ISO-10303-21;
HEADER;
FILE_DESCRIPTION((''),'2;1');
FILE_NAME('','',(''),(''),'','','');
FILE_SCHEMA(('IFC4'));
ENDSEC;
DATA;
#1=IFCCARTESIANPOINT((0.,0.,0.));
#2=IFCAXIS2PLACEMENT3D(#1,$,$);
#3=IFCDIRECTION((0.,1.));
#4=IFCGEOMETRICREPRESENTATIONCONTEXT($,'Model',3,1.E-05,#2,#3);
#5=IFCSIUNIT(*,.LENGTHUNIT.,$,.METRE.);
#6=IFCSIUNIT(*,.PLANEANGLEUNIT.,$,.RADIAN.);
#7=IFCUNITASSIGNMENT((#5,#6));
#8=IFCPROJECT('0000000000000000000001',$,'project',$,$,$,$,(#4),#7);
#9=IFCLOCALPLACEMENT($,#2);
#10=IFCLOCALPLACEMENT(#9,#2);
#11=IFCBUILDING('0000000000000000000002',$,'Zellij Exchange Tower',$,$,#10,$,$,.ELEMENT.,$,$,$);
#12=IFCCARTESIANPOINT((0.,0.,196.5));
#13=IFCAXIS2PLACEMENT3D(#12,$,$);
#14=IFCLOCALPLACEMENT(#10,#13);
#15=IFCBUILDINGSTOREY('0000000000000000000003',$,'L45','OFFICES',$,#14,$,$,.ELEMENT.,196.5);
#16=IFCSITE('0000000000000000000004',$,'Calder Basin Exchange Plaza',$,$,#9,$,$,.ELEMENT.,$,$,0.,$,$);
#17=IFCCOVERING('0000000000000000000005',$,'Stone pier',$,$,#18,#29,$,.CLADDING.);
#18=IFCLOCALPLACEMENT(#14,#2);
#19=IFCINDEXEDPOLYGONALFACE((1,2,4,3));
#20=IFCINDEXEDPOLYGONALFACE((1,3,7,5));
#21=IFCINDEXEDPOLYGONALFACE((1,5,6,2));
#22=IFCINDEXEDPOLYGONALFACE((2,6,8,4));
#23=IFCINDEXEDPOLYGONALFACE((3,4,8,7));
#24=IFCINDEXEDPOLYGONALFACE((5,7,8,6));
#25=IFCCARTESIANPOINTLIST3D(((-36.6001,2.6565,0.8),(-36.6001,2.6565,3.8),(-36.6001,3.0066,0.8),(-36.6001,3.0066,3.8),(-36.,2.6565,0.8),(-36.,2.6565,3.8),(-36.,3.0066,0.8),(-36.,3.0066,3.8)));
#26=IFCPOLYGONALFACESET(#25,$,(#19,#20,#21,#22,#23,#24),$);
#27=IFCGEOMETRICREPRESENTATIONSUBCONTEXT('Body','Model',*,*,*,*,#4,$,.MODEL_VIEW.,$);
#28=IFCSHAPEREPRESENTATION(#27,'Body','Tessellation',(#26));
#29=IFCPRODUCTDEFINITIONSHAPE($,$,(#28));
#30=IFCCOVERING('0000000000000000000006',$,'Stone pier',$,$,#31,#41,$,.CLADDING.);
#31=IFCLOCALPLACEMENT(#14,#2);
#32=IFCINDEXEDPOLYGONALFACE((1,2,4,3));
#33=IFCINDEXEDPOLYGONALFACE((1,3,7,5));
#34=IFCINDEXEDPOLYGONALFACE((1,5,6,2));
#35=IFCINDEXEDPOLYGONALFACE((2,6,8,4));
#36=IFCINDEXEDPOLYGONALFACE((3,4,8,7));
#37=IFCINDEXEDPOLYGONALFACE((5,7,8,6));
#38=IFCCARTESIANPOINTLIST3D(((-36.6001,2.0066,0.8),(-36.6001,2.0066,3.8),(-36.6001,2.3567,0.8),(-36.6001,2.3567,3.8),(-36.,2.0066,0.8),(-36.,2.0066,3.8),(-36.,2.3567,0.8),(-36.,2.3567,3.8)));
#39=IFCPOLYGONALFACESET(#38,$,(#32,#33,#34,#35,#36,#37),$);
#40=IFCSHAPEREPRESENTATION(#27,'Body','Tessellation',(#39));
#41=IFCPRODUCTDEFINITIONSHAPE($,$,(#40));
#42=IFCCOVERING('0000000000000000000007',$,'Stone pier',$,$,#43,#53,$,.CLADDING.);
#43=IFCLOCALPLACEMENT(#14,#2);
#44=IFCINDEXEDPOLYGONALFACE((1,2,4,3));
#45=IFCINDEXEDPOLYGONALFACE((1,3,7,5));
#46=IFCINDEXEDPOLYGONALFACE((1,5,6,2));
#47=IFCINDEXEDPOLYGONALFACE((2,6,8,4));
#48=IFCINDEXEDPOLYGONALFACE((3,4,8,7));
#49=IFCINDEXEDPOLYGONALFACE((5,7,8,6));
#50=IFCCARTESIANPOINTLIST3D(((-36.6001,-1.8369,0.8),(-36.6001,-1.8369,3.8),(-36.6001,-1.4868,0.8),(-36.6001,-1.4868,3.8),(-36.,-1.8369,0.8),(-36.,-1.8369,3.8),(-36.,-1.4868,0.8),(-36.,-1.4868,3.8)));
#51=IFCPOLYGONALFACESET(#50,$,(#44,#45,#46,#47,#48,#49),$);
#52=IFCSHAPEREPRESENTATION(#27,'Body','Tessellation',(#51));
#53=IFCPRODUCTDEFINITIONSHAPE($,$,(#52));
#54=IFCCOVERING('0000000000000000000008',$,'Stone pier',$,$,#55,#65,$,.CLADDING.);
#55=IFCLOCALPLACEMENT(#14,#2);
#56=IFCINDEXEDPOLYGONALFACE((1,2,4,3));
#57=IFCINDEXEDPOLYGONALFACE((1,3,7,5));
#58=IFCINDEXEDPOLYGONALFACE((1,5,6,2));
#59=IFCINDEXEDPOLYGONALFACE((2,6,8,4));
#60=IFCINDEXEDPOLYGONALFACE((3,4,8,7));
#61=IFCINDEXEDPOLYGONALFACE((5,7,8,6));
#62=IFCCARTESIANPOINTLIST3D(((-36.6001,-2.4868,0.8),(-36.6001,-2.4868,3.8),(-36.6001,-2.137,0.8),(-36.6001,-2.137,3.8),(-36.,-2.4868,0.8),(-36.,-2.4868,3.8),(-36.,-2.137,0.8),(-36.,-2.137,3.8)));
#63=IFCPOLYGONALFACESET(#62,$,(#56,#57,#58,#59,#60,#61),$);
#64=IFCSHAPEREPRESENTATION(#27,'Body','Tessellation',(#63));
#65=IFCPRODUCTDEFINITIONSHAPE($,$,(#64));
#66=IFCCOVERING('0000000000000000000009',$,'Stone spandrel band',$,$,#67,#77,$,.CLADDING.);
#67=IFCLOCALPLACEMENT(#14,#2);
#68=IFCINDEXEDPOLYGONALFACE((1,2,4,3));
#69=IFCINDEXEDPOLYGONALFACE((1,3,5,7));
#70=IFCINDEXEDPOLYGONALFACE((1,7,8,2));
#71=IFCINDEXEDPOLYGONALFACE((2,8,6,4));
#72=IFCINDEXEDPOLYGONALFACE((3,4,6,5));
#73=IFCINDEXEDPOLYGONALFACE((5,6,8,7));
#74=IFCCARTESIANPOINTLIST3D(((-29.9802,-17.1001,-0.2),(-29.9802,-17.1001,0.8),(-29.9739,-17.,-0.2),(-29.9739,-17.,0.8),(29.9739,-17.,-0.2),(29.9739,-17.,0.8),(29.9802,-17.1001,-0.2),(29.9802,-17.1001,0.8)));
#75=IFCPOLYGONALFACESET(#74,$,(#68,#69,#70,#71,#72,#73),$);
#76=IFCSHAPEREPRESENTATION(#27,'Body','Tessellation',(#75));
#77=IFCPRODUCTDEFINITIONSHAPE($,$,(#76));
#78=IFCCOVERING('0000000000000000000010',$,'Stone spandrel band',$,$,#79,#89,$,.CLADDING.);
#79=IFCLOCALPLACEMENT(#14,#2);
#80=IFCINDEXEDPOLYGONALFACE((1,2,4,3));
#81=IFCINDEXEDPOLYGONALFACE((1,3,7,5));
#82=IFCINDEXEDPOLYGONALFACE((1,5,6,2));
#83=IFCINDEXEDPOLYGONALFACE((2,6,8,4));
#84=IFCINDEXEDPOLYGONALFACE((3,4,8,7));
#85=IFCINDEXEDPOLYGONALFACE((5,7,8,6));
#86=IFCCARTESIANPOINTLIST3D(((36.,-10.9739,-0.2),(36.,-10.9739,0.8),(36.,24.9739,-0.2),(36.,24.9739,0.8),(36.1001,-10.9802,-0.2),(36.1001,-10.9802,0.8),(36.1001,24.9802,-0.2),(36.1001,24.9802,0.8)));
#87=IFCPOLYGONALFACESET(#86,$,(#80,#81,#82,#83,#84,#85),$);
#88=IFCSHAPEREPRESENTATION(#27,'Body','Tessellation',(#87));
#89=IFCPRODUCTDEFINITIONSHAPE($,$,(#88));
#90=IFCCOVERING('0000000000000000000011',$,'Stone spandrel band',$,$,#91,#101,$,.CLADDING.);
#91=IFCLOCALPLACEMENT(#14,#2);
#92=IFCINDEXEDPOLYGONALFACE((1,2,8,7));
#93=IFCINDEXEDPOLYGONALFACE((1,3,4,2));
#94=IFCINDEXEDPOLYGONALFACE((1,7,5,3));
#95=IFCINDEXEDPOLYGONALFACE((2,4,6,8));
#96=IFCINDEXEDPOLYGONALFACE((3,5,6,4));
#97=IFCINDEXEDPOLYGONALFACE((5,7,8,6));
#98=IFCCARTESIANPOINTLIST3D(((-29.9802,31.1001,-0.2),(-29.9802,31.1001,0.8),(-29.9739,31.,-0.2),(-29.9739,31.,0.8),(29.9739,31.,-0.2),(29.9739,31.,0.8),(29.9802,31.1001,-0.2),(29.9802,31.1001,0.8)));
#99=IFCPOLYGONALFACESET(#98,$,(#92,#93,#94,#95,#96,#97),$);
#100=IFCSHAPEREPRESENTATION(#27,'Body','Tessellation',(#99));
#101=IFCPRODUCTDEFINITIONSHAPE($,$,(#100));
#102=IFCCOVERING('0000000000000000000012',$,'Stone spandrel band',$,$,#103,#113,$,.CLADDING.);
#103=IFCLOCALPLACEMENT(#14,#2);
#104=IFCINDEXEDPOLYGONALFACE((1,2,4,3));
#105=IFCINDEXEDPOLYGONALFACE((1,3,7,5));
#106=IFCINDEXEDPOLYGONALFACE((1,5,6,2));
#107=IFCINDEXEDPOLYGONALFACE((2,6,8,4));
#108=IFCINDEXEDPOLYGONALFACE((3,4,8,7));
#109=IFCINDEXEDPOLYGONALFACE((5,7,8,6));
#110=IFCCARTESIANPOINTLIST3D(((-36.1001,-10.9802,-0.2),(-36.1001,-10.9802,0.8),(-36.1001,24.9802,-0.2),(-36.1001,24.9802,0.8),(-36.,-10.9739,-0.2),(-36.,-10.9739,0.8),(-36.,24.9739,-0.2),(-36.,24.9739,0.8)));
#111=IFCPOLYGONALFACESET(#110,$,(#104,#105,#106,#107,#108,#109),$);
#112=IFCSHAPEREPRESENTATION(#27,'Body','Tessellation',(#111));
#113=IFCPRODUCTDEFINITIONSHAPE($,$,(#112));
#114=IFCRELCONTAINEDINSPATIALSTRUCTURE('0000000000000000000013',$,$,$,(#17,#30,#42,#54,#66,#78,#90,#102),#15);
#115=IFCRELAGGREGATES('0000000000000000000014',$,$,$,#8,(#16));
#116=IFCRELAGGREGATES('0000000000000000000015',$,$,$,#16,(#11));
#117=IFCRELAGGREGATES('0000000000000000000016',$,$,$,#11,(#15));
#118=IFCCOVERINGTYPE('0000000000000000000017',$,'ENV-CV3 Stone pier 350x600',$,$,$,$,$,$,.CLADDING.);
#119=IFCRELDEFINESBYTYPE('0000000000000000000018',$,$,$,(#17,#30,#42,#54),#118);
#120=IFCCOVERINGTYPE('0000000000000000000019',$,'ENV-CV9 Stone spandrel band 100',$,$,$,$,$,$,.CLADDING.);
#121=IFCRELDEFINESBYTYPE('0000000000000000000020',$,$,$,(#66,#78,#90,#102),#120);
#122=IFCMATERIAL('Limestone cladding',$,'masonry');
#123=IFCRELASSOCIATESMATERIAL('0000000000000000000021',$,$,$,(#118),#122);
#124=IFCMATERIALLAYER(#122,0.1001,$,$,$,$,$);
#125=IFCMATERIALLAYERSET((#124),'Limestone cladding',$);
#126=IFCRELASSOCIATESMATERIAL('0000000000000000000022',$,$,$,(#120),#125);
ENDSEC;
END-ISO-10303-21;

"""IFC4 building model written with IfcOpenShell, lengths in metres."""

from ifc_helpers import new_model, si_unit, direction, frame, origin, place, context, subcontext, project, spatial, polyline, outline, extrude, material, layer, layer_set, type_object, element, save


model = new_model("IFC4")

# Units and contexts
model_context = context("Model", 3, precision=1e-05, world=origin(), true_north=direction((0.0, 1.0)))
body_context = subcontext(model_context, "Body", "Model", "MODEL_VIEW")
ifc_project = project(units=[si_unit("LENGTHUNIT", "METRE"), si_unit("PLANEANGLEUNIT", "RADIAN")], contexts=[model_context])

# Site, building, storey
site_placement = place(None, origin())
site = spatial("IfcSite", under=ifc_project, at=site_placement, Name="Calder Basin Exchange Plaza", CompositionType="ELEMENT", RefElevation=0.0)
building_placement = place(site_placement, origin())
building = spatial("IfcBuilding", under=site, at=building_placement, Name="Zellij Exchange Tower", CompositionType="ELEMENT")
storey_placement = place(building_placement, frame((0.0, 0.0, 196.5)))
storey = spatial("IfcBuildingStorey", under=building, at=storey_placement, Name="L45", Description="OFFICES", CompositionType="ELEMENT", Elevation=196.5)

# Coverings
ifc_material_1 = material(Name="Limestone cladding", Category="masonry")
covering_type_1 = type_object("IfcCoveringType", Name="ENV-CV3 Stone pier 350x600", PredefinedType="CLADDING", material=ifc_material_1)
covering_1_placement = place(storey_placement, frame((0.0, 0.0, 0.8)))
element("IfcCovering", 1, at=covering_1_placement, inside=storey, type_object=covering_type_1, Name="Stone pier", PredefinedType="CLADDING", context=body_context, shape_type="SweptSolid", body=[
    extrude(outline(polyline([(-36.0, 3.0066), (-36.0, 2.6565), (-36.6001, 2.6565), (-36.6001, 3.0066), (-36.0, 3.0066)])), origin(), (0.0, 0.0, 1.0), 3.0),
])
covering_2_placement = place(storey_placement, frame((0.0, 0.0, 0.8)))
element("IfcCovering", 2, at=covering_2_placement, inside=storey, type_object=covering_type_1, Name="Stone pier", PredefinedType="CLADDING", context=body_context, shape_type="SweptSolid", body=[
    extrude(outline(polyline([(-36.0, 2.3567), (-36.0, 2.0066), (-36.6001, 2.0066), (-36.6001, 2.3567), (-36.0, 2.3567)])), origin(), (0.0, 0.0, 1.0), 3.0),
])
covering_3_placement = place(storey_placement, frame((0.0, 0.0, 0.8)))
element("IfcCovering", 3, at=covering_3_placement, inside=storey, type_object=covering_type_1, Name="Stone pier", PredefinedType="CLADDING", context=body_context, shape_type="SweptSolid", body=[
    extrude(outline(polyline([(-36.0, -1.4868), (-36.0, -1.8369), (-36.6001, -1.8369), (-36.6001, -1.4868), (-36.0, -1.4868)])), origin(), (0.0, 0.0, 1.0), 3.0),
])
covering_4_placement = place(storey_placement, frame((0.0, 0.0, 0.8)))
element("IfcCovering", 4, at=covering_4_placement, inside=storey, type_object=covering_type_1, Name="Stone pier", PredefinedType="CLADDING", context=body_context, shape_type="SweptSolid", body=[
    extrude(outline(polyline([(-36.0, -2.137), (-36.0, -2.4868), (-36.6001, -2.4868), (-36.6001, -2.137), (-36.0, -2.137)])), origin(), (0.0, 0.0, 1.0), 3.0),
])
ifc_layer_1 = layer(ifc_material_1, 0.1001)
ifc_layer_set_1 = layer_set([ifc_layer_1], Name="Limestone cladding")
covering_type_2 = type_object("IfcCoveringType", Name="ENV-CV9 Stone spandrel band 100", PredefinedType="CLADDING", material=ifc_layer_set_1)
covering_5_placement = place(storey_placement, frame((0.0, 0.0, -0.2)))
element("IfcCovering", 5, at=covering_5_placement, inside=storey, type_object=covering_type_2, Name="Stone spandrel band", PredefinedType="CLADDING", context=body_context, shape_type="SweptSolid", body=[
    extrude(outline(polyline([(-29.9739, -17.0), (29.9739, -17.0), (29.9802, -17.1001), (-29.9802, -17.1001), (-29.9739, -17.0)])), origin(), (0.0, 0.0, 1.0), 1.0),
])
covering_6_placement = place(storey_placement, frame((0.0, 0.0, -0.2)))
element("IfcCovering", 6, at=covering_6_placement, inside=storey, type_object=covering_type_2, Name="Stone spandrel band", PredefinedType="CLADDING", context=body_context, shape_type="SweptSolid", body=[
    extrude(outline(polyline([(36.0, -10.9739), (36.0, 24.9739), (36.1001, 24.9802), (36.1001, -10.9802), (36.0, -10.9739)])), origin(), (0.0, 0.0, 1.0), 1.0),
])
covering_7_placement = place(storey_placement, frame((0.0, 0.0, -0.2)))
element("IfcCovering", 7, at=covering_7_placement, inside=storey, type_object=covering_type_2, Name="Stone spandrel band", PredefinedType="CLADDING", context=body_context, shape_type="SweptSolid", body=[
    extrude(outline(polyline([(29.9739, 31.0), (-29.9739, 31.0), (-29.9802, 31.1001), (29.9802, 31.1001), (29.9739, 31.0)])), origin(), (0.0, 0.0, 1.0), 1.0),
])
covering_8_placement = place(storey_placement, frame((0.0, 0.0, -0.2)))
element("IfcCovering", 8, at=covering_8_placement, inside=storey, type_object=covering_type_2, Name="Stone spandrel band", PredefinedType="CLADDING", context=body_context, shape_type="SweptSolid", body=[
    extrude(outline(polyline([(-36.0, 24.9739), (-36.0, -10.9739), (-36.1001, -10.9802), (-36.1001, 24.9802), (-36.0, 24.9739)])), origin(), (0.0, 0.0, 1.0), 1.0),
])

save(model, "model.ifc")
